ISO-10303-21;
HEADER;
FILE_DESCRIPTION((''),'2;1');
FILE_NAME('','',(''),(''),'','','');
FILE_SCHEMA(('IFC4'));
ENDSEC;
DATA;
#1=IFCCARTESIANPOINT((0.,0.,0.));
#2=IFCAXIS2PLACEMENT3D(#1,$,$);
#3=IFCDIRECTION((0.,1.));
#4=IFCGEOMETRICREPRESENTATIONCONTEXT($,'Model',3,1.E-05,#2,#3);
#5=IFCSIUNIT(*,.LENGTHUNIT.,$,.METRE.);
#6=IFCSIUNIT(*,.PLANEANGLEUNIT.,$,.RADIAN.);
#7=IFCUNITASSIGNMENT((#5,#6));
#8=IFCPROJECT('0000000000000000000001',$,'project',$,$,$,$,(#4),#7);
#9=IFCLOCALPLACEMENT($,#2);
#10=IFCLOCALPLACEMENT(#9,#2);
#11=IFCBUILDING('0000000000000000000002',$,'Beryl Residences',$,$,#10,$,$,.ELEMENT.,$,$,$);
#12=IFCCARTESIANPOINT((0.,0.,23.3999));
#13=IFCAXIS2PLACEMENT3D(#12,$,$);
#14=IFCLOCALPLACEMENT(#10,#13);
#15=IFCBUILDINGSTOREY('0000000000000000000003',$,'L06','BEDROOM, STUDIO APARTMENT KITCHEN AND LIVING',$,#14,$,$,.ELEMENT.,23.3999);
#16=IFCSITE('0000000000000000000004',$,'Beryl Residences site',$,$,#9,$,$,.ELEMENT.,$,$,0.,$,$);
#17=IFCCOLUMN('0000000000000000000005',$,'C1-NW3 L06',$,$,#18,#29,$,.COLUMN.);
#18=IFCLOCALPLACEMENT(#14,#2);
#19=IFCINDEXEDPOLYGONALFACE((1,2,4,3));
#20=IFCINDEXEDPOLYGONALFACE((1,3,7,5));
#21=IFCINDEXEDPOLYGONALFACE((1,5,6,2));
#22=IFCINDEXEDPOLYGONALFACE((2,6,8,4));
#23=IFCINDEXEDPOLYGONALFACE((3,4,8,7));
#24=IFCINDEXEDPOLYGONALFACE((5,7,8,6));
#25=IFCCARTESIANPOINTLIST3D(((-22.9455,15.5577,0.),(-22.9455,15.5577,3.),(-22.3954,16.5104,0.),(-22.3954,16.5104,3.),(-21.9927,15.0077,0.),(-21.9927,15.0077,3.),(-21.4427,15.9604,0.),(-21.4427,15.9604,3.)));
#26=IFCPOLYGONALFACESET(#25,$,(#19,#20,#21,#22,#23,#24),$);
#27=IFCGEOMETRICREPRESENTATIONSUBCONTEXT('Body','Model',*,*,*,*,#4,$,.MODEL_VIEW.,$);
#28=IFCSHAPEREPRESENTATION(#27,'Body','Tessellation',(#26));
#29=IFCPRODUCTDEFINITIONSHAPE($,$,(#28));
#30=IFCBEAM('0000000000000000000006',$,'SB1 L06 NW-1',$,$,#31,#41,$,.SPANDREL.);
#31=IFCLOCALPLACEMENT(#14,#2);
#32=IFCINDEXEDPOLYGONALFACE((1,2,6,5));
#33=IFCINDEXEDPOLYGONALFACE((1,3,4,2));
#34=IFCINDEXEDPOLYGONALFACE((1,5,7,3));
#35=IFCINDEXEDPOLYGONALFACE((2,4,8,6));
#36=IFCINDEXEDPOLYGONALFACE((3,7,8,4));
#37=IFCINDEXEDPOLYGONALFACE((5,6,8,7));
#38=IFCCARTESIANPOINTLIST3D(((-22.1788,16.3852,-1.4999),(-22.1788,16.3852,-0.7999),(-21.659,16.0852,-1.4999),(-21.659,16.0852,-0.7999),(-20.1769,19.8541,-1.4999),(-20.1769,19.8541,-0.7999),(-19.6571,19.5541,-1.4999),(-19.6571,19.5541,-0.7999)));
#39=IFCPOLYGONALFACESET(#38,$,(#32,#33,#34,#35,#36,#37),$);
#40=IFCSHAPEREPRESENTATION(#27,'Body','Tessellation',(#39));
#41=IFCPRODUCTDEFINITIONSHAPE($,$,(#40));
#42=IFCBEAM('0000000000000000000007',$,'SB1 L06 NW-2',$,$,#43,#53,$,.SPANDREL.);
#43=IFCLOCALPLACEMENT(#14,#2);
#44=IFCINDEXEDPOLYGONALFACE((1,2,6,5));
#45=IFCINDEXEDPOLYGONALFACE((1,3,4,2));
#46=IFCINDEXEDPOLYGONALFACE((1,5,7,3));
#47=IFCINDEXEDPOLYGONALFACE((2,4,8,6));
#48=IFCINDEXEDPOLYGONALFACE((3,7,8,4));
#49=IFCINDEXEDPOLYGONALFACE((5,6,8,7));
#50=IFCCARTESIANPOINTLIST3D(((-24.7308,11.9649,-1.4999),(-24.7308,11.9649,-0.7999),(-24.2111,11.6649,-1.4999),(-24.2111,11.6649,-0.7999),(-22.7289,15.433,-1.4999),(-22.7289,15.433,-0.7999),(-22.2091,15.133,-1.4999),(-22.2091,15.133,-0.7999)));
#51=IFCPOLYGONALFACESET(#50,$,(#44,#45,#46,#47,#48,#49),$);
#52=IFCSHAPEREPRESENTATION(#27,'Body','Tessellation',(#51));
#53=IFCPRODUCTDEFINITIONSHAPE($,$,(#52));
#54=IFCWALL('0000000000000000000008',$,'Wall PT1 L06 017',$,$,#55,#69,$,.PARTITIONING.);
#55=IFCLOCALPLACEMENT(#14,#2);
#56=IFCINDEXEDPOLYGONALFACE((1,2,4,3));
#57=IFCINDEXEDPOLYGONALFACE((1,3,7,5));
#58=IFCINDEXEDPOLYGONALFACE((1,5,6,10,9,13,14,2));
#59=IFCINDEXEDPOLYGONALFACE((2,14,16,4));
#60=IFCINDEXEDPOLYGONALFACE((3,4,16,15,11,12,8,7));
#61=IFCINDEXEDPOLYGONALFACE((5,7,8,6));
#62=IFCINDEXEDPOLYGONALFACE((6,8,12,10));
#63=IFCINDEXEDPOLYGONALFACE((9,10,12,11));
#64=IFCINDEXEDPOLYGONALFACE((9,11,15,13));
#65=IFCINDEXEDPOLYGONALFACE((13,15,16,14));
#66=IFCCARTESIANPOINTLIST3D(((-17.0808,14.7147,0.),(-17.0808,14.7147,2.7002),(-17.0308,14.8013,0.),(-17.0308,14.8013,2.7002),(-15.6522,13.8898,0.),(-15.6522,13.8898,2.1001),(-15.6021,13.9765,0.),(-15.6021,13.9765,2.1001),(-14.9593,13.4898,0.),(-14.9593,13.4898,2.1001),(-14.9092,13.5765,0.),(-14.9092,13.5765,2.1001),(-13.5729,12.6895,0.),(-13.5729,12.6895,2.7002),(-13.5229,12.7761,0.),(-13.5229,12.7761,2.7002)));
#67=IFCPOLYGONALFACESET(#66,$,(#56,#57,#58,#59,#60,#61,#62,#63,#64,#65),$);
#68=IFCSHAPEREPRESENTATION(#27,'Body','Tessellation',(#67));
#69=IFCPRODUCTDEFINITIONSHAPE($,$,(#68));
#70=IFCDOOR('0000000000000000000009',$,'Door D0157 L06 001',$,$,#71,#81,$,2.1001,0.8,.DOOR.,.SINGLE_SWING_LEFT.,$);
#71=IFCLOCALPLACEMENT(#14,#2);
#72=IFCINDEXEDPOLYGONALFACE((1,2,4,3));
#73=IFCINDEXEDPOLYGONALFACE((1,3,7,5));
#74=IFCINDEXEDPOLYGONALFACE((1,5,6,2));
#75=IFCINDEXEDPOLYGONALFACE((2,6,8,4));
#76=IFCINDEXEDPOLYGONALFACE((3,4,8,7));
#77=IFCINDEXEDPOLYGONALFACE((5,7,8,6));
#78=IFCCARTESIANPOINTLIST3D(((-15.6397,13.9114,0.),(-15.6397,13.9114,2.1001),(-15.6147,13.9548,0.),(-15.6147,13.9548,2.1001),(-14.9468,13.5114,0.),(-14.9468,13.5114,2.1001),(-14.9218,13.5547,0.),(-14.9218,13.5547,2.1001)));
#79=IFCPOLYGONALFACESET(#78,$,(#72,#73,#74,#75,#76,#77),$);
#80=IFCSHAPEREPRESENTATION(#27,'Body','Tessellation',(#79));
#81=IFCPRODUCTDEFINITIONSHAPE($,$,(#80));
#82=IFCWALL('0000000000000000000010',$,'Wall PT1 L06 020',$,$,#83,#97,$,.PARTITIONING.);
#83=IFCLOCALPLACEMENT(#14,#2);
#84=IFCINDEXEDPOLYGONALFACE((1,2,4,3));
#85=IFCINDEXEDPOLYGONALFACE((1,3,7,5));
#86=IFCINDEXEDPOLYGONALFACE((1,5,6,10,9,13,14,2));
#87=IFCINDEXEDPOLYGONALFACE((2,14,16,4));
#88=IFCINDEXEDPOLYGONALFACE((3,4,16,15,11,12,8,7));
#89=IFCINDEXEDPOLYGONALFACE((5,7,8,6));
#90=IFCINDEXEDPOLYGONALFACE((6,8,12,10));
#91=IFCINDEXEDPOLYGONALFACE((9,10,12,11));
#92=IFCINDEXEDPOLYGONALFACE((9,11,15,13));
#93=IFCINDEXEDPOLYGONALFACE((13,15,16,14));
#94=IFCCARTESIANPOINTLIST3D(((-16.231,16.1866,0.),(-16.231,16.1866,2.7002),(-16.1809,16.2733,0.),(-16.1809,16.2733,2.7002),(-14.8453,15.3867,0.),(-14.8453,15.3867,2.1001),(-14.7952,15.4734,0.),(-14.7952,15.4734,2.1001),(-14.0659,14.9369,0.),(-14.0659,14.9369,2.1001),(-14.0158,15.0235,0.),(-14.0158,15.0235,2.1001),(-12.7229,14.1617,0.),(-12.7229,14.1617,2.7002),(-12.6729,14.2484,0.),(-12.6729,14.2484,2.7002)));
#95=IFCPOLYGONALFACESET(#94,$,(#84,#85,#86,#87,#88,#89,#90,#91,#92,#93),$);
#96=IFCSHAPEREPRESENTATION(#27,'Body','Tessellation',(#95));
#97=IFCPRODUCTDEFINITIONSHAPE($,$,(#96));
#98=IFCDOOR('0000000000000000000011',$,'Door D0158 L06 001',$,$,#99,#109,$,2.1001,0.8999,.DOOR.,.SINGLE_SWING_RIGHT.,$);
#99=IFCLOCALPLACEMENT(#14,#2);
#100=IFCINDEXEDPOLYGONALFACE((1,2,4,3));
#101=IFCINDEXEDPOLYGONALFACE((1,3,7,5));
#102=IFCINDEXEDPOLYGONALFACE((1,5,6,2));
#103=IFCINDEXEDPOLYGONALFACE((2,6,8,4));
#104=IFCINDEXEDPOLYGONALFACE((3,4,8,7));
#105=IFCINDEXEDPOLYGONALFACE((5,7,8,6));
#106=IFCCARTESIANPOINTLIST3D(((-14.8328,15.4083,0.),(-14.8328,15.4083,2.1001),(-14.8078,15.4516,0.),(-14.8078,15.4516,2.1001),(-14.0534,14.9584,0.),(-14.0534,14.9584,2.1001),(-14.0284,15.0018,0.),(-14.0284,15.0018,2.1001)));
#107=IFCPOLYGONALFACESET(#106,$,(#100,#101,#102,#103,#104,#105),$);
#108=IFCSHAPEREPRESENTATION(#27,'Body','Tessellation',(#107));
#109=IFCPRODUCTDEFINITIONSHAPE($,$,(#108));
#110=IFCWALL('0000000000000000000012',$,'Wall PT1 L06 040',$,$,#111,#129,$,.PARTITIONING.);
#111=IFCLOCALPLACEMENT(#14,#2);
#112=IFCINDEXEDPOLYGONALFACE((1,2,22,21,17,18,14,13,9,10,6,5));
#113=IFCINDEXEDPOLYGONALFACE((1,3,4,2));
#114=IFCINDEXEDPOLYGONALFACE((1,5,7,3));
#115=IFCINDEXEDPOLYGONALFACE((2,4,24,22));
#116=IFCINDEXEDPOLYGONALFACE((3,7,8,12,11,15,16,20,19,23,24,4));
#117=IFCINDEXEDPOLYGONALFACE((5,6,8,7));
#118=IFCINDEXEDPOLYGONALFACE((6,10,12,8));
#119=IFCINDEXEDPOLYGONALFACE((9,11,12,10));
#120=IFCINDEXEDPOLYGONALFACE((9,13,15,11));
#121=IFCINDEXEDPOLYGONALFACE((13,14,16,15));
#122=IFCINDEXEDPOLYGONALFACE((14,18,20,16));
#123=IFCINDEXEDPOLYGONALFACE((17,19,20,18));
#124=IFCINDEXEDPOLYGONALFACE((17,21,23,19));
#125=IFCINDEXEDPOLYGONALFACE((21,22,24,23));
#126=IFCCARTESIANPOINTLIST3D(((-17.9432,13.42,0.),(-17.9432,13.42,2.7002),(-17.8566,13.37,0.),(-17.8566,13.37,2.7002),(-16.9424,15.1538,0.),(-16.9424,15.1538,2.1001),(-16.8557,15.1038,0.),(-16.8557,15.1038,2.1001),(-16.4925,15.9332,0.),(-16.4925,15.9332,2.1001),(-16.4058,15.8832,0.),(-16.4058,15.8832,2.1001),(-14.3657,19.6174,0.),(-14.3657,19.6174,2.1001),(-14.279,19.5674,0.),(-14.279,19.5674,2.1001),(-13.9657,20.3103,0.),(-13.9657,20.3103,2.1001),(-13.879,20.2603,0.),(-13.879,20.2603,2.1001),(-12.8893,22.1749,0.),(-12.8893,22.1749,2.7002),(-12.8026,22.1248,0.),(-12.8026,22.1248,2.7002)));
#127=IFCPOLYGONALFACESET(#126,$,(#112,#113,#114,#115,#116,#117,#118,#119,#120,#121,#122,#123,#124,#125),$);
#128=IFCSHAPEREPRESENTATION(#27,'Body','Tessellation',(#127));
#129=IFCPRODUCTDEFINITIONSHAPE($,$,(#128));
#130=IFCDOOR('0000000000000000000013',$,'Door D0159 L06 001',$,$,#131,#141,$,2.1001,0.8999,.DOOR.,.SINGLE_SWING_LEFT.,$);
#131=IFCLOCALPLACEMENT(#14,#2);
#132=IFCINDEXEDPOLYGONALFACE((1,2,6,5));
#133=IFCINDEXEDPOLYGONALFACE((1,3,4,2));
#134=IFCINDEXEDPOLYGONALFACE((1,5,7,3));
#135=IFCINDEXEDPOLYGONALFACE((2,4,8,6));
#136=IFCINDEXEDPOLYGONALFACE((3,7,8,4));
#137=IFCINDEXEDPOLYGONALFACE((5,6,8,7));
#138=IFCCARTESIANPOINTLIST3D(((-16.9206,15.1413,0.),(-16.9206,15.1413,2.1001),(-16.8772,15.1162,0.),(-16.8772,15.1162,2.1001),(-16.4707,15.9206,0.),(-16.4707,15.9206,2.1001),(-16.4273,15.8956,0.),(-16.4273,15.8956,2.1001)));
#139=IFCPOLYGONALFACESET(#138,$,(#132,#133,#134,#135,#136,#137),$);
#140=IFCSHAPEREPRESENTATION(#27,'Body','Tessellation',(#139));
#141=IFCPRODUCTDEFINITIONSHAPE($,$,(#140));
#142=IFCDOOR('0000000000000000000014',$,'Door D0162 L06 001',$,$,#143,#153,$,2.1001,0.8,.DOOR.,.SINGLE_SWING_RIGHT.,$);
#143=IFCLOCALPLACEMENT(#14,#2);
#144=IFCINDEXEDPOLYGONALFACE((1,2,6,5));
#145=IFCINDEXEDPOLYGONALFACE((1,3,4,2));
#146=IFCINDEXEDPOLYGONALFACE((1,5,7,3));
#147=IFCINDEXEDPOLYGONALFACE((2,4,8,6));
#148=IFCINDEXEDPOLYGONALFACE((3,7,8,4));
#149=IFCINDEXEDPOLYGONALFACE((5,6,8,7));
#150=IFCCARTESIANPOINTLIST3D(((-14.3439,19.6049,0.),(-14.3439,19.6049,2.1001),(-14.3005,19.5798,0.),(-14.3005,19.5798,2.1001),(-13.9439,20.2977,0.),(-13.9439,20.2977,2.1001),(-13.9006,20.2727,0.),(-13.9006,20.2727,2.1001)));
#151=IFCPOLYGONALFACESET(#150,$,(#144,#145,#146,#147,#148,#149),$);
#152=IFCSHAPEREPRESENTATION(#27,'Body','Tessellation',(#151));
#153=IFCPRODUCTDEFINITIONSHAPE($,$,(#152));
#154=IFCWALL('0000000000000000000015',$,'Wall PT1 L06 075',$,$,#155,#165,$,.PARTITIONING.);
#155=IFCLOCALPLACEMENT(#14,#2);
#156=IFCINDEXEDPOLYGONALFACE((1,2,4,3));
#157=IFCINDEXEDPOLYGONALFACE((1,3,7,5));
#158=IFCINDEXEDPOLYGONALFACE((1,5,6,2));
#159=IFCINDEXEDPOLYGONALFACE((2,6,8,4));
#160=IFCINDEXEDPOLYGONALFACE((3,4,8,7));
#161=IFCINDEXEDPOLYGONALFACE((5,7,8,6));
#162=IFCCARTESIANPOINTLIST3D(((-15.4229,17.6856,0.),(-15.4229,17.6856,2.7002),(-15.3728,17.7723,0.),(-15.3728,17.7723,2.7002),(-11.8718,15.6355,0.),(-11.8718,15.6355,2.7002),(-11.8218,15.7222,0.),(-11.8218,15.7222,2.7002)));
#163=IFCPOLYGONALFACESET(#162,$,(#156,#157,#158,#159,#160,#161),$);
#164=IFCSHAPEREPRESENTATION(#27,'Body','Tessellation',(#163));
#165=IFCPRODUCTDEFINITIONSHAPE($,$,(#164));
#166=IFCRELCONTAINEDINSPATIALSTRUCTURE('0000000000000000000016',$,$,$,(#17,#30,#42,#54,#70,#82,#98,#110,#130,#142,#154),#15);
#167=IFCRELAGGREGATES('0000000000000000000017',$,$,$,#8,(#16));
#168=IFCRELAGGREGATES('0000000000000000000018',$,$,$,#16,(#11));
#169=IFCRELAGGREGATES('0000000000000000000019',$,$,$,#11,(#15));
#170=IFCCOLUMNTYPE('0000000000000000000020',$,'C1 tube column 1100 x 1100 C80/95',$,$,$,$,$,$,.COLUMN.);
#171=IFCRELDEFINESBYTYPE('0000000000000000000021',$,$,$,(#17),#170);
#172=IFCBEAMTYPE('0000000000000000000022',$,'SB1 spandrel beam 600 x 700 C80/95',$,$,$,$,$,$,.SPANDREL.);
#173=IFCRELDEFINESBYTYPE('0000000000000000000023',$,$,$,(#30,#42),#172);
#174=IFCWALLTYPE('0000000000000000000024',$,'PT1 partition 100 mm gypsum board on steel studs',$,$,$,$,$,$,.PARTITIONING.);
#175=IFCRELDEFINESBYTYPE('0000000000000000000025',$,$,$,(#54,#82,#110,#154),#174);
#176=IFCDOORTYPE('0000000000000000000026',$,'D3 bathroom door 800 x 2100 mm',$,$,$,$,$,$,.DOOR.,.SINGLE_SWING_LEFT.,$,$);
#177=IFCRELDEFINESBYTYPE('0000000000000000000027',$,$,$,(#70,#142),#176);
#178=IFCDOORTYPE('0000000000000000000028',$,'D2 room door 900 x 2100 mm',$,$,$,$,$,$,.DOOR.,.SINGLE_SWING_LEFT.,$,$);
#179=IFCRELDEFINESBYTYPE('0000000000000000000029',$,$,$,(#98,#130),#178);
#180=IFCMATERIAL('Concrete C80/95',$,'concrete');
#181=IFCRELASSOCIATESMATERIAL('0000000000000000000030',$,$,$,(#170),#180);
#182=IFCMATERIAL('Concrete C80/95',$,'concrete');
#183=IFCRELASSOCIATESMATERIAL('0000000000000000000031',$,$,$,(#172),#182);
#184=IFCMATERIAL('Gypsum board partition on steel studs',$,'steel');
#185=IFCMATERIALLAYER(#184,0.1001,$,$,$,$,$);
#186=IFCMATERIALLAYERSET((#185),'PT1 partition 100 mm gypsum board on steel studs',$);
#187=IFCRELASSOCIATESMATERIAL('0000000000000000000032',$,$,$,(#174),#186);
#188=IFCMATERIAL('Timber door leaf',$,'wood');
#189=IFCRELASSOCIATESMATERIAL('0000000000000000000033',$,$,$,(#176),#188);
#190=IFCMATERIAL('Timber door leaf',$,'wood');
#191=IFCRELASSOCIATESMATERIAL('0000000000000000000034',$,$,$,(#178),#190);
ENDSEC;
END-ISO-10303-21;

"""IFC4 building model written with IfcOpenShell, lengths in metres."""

from ifc_helpers import new_model, si_unit, direction, frame, frame_2d, origin, origin_2d, place, context, subcontext, project, spatial, rectangle, extrude, material, layer, layer_set, material_profile, profile_set, type_object, element, fill, save


model = new_model("IFC4")

# Units and contexts
model_context = context("Model", 3, precision=1e-05, world=origin(), true_north=direction((0.0, 1.0)))
body_context = subcontext(model_context, "Body", "Model", "MODEL_VIEW")
ifc_project = project(units=[si_unit("LENGTHUNIT", "METRE"), si_unit("PLANEANGLEUNIT", "RADIAN")], contexts=[model_context])

# Site, building, storey
site_placement = place(None, origin())
site = spatial("IfcSite", under=ifc_project, at=site_placement, Name="Beryl Residences site", CompositionType="ELEMENT", RefElevation=0.0)
building_placement = place(site_placement, origin())
building = spatial("IfcBuilding", under=site, at=building_placement, Name="Beryl Residences", CompositionType="ELEMENT")
storey_placement = place(building_placement, frame((0.0, 0.0, 23.3999)))
storey = spatial("IfcBuildingStorey", under=building, at=storey_placement, Name="L06", Description="BEDROOM, STUDIO APARTMENT KITCHEN AND LIVING", CompositionType="ELEMENT", Elevation=23.3999)

# Column
ifc_material_1 = material(Name="Concrete C80/95", Category="concrete")
ifc_material_profile_1 = material_profile(ifc_material_1, rectangle(XDim=1.1001, YDim=1.1001, at=origin_2d()))
ifc_profile_set_1 = profile_set([ifc_material_profile_1], Name="Concrete C80/95")
column_type = type_object("IfcColumnType", Name="C1 tube column 1100 x 1100 C80/95", PredefinedType="COLUMN", material=ifc_profile_set_1)
column_placement = place(storey_placement, frame((-22.1941, 15.759, 0.0), z_axis=(0.0, 0.0, 1.0), x_axis=(-0.499985, -0.866034, 0.0)))
element("IfcColumn", 1, at=column_placement, inside=storey, type_object=column_type, Name="C1-NW3 L06", PredefinedType="COLUMN", context=body_context, shape_type="SweptSolid", body=[
    extrude(rectangle(XDim=1.1001, YDim=1.1001, at=origin_2d()), origin(), (0.0, 0.0, 1.0), 3.0),
])

# Beams
ifc_material_2 = material(Name="Concrete C80/95", Category="concrete")
ifc_material_profile_2 = material_profile(ifc_material_2, rectangle(XDim=0.6001, YDim=0.7, at=origin_2d()))
ifc_profile_set_2 = profile_set([ifc_material_profile_2], Name="Concrete C80/95")
beam_type = type_object("IfcBeamType", Name="SB1 spandrel beam 600 x 700 C80/95", PredefinedType="SPANDREL", material=ifc_profile_set_2)
beam_1_placement = place(storey_placement, frame((-19.917, 19.7041, -1.1499), z_axis=(-0.499837, -0.86612, 0.0), x_axis=(0.86612, -0.499837, 0.0)))
element("IfcBeam", 2, at=beam_1_placement, inside=storey, type_object=beam_type, Name="SB1 L06 NW-1", PredefinedType="SPANDREL", context=body_context, shape_type="SweptSolid", body=[
    extrude(rectangle(XDim=0.6001, YDim=0.7, at=origin_2d()), origin(), (0.0, 0.0, 1.0), 4.0051),
])
beam_2_placement = place(storey_placement, frame((-22.469, 15.283, -1.1499), z_axis=(-0.499942, -0.866059, 0.0), x_axis=(0.866059, -0.499942, 0.0)))
element("IfcBeam", 3, at=beam_2_placement, inside=storey, type_object=beam_type, Name="SB1 L06 NW-2", PredefinedType="SPANDREL", context=body_context, shape_type="SweptSolid", body=[
    extrude(rectangle(XDim=0.6001, YDim=0.7, at=origin_2d()), origin(), (0.0, 0.0, 1.0), 4.0044),
])

# Walls, openings, doors
ifc_material_3 = material(Name="Gypsum board partition on steel studs", Category="steel")
ifc_layer_1 = layer(ifc_material_3, 0.1001)
ifc_layer_set_1 = layer_set([ifc_layer_1], Name="PT1 partition 100 mm gypsum board on steel studs")
wall_type_1 = type_object("IfcWallType", Name="PT1 partition 100 mm gypsum board on steel studs", PredefinedType="PARTITIONING", material=ifc_layer_set_1)
wall_1_placement = place(storey_placement, frame((-17.0559, 14.7581, 0.0), z_axis=(0.0, 0.0, 1.0), x_axis=(0.866035, -0.499983, 0.0)))
wall_1 = element("IfcWall", 4, at=wall_1_placement, inside=storey, type_object=wall_type_1, Name="Wall PT1 L06 017", PredefinedType="PARTITIONING", context=body_context, shape_type="SweptSolid", body=[
    extrude(rectangle(XDim=4.0505, YDim=0.1001, at=frame_2d((2.0254, 0.0))), origin(), (0.0, 0.0, 1.0), 2.7002),
])
opening_1_placement = place(wall_1_placement, frame((1.6499, 0.0, 0.0)))
opening_1 = element("IfcOpeningElement", 5, at=opening_1_placement, cuts=wall_1, PredefinedType="OPENING", context=body_context, shape_type="SweptSolid", body=[
    extrude(rectangle(XDim=0.8, YDim=2.1001, at=frame_2d((0.3999, 1.05))), frame((0.0, 0.0601, 0.0), z_axis=(0.0, -1.0, 0.0), x_axis=(1.0, 0.0, 0.0)), (0.0, 0.0, 1.0), 0.1201),
])
ifc_material_4 = material(Name="Timber door leaf", Category="wood")
door_type_1 = type_object("IfcDoorType", Name="D3 bathroom door 800 x 2100 mm", OperationType="SINGLE_SWING_LEFT", PredefinedType="DOOR", material=ifc_material_4)
door_1_placement = place(opening_1_placement, origin())
door_1 = element("IfcDoor", 6, at=door_1_placement, inside=storey, type_object=door_type_1, Name="Door D0157 L06 001", OperationType="SINGLE_SWING_LEFT", OverallHeight=2.1001, OverallWidth=0.8, PredefinedType="DOOR", context=body_context, shape_type="SweptSolid", body=[
    extrude(rectangle(XDim=0.8, YDim=2.1001, at=frame_2d((0.3999, 1.05))), frame((0.0, 0.0249, 0.0), z_axis=(0.0, -1.0, 0.0), x_axis=(1.0, 0.0, 0.0)), (0.0, 0.0, 1.0), 0.05),
])
fill(opening_1, door_1)
wall_2_placement = place(storey_placement, frame((-16.2061, 16.23, 0.0), z_axis=(0.0, 0.0, 1.0), x_axis=(0.866076, -0.499912, 0.0)))
wall_2 = element("IfcWall", 7, at=wall_2_placement, inside=storey, type_object=wall_type_1, Name="Wall PT1 L06 020", PredefinedType="PARTITIONING", context=body_context, shape_type="SweptSolid", body=[
    extrude(rectangle(XDim=4.0505, YDim=0.1001, at=frame_2d((2.0254, 0.0))), origin(), (0.0, 0.0, 1.0), 2.7002),
])
opening_2_placement = place(wall_2_placement, frame((1.6001, 0.0, 0.0)))
opening_2 = element("IfcOpeningElement", 8, at=opening_2_placement, cuts=wall_2, PredefinedType="OPENING", context=body_context, shape_type="SweptSolid", body=[
    extrude(rectangle(XDim=0.8999, YDim=2.1001, at=frame_2d((0.45, 1.05))), frame((0.0, 0.0601, 0.0), z_axis=(0.0, -1.0, 0.0), x_axis=(1.0, 0.0, 0.0)), (0.0, 0.0, 1.0), 0.1201),
])
ifc_material_5 = material(Name="Timber door leaf", Category="wood")
door_type_2 = type_object("IfcDoorType", Name="D2 room door 900 x 2100 mm", OperationType="SINGLE_SWING_LEFT", PredefinedType="DOOR", material=ifc_material_5)
door_2_placement = place(opening_2_placement, origin())
door_2 = element("IfcDoor", 9, at=door_2_placement, inside=storey, type_object=door_type_2, Name="Door D0158 L06 001", OperationType="SINGLE_SWING_RIGHT", OverallHeight=2.1001, OverallWidth=0.8999, PredefinedType="DOOR", context=body_context, shape_type="SweptSolid", body=[
    extrude(rectangle(XDim=0.8999, YDim=2.1001, at=frame_2d((0.45, 1.05))), frame((0.0, 0.0249, 0.0), z_axis=(0.0, -1.0, 0.0), x_axis=(1.0, 0.0, 0.0)), (0.0, 0.0, 1.0), 0.05),
])
fill(opening_2, door_2)

# Wall, openings, doors
wall_3_placement = place(storey_placement, frame((-17.8999, 13.395, 0.0), z_axis=(0.0, 0.0, 1.0), x_axis=(0.49995, 0.866054, 0.0)))
wall_3 = element("IfcWall", 10, at=wall_3_placement, inside=storey, type_object=wall_type_1, Name="Wall PT1 L06 040", PredefinedType="PARTITIONING", context=body_context, shape_type="SweptSolid", body=[
    extrude(rectangle(XDim=10.1089, YDim=0.1001, at=frame_2d((5.0544, 0.0))), origin(), (0.0, 0.0, 1.0), 2.7002),
])
opening_3_placement = place(wall_3_placement, frame((2.002, 0.0, 0.0)))
opening_3 = element("IfcOpeningElement", 11, at=opening_3_placement, cuts=wall_3, PredefinedType="OPENING", context=body_context, shape_type="SweptSolid", body=[
    extrude(rectangle(XDim=0.8999, YDim=2.1001, at=frame_2d((0.45, 1.05))), frame((0.0, 0.0601, 0.0), z_axis=(0.0, -1.0, 0.0), x_axis=(1.0, 0.0, 0.0)), (0.0, 0.0, 1.0), 0.1201),
])
opening_4_placement = place(wall_3_placement, frame((7.156, 0.0, 0.0)))
opening_4 = element("IfcOpeningElement", 12, at=opening_4_placement, cuts=wall_3, PredefinedType="OPENING", context=body_context, shape_type="SweptSolid", body=[
    extrude(rectangle(XDim=0.8, YDim=2.1001, at=frame_2d((0.3999, 1.05))), frame((0.0, 0.0601, 0.0), z_axis=(0.0, -1.0, 0.0), x_axis=(1.0, 0.0, 0.0)), (0.0, 0.0, 1.0), 0.1201),
])
door_3_placement = place(opening_3_placement, origin())
door_3 = element("IfcDoor", 13, at=door_3_placement, inside=storey, type_object=door_type_2, Name="Door D0159 L06 001", OperationType="SINGLE_SWING_LEFT", OverallHeight=2.1001, OverallWidth=0.8999, PredefinedType="DOOR", context=body_context, shape_type="SweptSolid", body=[
    extrude(rectangle(XDim=0.8999, YDim=2.1001, at=frame_2d((0.45, 1.05))), frame((0.0, 0.0249, 0.0), z_axis=(0.0, -1.0, 0.0), x_axis=(1.0, 0.0, 0.0)), (0.0, 0.0, 1.0), 0.05),
])
fill(opening_3, door_3)
door_4_placement = place(opening_4_placement, origin())
door_4 = element("IfcDoor", 14, at=door_4_placement, inside=storey, type_object=door_type_1, Name="Door D0162 L06 001", OperationType="SINGLE_SWING_RIGHT", OverallHeight=2.1001, OverallWidth=0.8, PredefinedType="DOOR", context=body_context, shape_type="SweptSolid", body=[
    extrude(rectangle(XDim=0.8, YDim=2.1001, at=frame_2d((0.3999, 1.05))), frame((0.0, 0.0249, 0.0), z_axis=(0.0, -1.0, 0.0), x_axis=(1.0, 0.0, 0.0)), (0.0, 0.0, 1.0), 0.05),
])
fill(opening_4, door_4)

# Wall
wall_4_placement = place(storey_placement, frame((-15.3979, 17.729, 0.0), z_axis=(0.0, 0.0, 1.0), x_axis=(0.86604, -0.499975, 0.0)))
element("IfcWall", 15, at=wall_4_placement, inside=storey, type_object=wall_type_1, Name="Wall PT1 L06 075", PredefinedType="PARTITIONING", context=body_context, shape_type="SweptSolid", body=[
    extrude(rectangle(XDim=4.1003, YDim=0.1001, at=frame_2d((2.0503, 0.0))), origin(), (0.0, 0.0, 1.0), 2.7002),
])

save(model, "model.ifc")
